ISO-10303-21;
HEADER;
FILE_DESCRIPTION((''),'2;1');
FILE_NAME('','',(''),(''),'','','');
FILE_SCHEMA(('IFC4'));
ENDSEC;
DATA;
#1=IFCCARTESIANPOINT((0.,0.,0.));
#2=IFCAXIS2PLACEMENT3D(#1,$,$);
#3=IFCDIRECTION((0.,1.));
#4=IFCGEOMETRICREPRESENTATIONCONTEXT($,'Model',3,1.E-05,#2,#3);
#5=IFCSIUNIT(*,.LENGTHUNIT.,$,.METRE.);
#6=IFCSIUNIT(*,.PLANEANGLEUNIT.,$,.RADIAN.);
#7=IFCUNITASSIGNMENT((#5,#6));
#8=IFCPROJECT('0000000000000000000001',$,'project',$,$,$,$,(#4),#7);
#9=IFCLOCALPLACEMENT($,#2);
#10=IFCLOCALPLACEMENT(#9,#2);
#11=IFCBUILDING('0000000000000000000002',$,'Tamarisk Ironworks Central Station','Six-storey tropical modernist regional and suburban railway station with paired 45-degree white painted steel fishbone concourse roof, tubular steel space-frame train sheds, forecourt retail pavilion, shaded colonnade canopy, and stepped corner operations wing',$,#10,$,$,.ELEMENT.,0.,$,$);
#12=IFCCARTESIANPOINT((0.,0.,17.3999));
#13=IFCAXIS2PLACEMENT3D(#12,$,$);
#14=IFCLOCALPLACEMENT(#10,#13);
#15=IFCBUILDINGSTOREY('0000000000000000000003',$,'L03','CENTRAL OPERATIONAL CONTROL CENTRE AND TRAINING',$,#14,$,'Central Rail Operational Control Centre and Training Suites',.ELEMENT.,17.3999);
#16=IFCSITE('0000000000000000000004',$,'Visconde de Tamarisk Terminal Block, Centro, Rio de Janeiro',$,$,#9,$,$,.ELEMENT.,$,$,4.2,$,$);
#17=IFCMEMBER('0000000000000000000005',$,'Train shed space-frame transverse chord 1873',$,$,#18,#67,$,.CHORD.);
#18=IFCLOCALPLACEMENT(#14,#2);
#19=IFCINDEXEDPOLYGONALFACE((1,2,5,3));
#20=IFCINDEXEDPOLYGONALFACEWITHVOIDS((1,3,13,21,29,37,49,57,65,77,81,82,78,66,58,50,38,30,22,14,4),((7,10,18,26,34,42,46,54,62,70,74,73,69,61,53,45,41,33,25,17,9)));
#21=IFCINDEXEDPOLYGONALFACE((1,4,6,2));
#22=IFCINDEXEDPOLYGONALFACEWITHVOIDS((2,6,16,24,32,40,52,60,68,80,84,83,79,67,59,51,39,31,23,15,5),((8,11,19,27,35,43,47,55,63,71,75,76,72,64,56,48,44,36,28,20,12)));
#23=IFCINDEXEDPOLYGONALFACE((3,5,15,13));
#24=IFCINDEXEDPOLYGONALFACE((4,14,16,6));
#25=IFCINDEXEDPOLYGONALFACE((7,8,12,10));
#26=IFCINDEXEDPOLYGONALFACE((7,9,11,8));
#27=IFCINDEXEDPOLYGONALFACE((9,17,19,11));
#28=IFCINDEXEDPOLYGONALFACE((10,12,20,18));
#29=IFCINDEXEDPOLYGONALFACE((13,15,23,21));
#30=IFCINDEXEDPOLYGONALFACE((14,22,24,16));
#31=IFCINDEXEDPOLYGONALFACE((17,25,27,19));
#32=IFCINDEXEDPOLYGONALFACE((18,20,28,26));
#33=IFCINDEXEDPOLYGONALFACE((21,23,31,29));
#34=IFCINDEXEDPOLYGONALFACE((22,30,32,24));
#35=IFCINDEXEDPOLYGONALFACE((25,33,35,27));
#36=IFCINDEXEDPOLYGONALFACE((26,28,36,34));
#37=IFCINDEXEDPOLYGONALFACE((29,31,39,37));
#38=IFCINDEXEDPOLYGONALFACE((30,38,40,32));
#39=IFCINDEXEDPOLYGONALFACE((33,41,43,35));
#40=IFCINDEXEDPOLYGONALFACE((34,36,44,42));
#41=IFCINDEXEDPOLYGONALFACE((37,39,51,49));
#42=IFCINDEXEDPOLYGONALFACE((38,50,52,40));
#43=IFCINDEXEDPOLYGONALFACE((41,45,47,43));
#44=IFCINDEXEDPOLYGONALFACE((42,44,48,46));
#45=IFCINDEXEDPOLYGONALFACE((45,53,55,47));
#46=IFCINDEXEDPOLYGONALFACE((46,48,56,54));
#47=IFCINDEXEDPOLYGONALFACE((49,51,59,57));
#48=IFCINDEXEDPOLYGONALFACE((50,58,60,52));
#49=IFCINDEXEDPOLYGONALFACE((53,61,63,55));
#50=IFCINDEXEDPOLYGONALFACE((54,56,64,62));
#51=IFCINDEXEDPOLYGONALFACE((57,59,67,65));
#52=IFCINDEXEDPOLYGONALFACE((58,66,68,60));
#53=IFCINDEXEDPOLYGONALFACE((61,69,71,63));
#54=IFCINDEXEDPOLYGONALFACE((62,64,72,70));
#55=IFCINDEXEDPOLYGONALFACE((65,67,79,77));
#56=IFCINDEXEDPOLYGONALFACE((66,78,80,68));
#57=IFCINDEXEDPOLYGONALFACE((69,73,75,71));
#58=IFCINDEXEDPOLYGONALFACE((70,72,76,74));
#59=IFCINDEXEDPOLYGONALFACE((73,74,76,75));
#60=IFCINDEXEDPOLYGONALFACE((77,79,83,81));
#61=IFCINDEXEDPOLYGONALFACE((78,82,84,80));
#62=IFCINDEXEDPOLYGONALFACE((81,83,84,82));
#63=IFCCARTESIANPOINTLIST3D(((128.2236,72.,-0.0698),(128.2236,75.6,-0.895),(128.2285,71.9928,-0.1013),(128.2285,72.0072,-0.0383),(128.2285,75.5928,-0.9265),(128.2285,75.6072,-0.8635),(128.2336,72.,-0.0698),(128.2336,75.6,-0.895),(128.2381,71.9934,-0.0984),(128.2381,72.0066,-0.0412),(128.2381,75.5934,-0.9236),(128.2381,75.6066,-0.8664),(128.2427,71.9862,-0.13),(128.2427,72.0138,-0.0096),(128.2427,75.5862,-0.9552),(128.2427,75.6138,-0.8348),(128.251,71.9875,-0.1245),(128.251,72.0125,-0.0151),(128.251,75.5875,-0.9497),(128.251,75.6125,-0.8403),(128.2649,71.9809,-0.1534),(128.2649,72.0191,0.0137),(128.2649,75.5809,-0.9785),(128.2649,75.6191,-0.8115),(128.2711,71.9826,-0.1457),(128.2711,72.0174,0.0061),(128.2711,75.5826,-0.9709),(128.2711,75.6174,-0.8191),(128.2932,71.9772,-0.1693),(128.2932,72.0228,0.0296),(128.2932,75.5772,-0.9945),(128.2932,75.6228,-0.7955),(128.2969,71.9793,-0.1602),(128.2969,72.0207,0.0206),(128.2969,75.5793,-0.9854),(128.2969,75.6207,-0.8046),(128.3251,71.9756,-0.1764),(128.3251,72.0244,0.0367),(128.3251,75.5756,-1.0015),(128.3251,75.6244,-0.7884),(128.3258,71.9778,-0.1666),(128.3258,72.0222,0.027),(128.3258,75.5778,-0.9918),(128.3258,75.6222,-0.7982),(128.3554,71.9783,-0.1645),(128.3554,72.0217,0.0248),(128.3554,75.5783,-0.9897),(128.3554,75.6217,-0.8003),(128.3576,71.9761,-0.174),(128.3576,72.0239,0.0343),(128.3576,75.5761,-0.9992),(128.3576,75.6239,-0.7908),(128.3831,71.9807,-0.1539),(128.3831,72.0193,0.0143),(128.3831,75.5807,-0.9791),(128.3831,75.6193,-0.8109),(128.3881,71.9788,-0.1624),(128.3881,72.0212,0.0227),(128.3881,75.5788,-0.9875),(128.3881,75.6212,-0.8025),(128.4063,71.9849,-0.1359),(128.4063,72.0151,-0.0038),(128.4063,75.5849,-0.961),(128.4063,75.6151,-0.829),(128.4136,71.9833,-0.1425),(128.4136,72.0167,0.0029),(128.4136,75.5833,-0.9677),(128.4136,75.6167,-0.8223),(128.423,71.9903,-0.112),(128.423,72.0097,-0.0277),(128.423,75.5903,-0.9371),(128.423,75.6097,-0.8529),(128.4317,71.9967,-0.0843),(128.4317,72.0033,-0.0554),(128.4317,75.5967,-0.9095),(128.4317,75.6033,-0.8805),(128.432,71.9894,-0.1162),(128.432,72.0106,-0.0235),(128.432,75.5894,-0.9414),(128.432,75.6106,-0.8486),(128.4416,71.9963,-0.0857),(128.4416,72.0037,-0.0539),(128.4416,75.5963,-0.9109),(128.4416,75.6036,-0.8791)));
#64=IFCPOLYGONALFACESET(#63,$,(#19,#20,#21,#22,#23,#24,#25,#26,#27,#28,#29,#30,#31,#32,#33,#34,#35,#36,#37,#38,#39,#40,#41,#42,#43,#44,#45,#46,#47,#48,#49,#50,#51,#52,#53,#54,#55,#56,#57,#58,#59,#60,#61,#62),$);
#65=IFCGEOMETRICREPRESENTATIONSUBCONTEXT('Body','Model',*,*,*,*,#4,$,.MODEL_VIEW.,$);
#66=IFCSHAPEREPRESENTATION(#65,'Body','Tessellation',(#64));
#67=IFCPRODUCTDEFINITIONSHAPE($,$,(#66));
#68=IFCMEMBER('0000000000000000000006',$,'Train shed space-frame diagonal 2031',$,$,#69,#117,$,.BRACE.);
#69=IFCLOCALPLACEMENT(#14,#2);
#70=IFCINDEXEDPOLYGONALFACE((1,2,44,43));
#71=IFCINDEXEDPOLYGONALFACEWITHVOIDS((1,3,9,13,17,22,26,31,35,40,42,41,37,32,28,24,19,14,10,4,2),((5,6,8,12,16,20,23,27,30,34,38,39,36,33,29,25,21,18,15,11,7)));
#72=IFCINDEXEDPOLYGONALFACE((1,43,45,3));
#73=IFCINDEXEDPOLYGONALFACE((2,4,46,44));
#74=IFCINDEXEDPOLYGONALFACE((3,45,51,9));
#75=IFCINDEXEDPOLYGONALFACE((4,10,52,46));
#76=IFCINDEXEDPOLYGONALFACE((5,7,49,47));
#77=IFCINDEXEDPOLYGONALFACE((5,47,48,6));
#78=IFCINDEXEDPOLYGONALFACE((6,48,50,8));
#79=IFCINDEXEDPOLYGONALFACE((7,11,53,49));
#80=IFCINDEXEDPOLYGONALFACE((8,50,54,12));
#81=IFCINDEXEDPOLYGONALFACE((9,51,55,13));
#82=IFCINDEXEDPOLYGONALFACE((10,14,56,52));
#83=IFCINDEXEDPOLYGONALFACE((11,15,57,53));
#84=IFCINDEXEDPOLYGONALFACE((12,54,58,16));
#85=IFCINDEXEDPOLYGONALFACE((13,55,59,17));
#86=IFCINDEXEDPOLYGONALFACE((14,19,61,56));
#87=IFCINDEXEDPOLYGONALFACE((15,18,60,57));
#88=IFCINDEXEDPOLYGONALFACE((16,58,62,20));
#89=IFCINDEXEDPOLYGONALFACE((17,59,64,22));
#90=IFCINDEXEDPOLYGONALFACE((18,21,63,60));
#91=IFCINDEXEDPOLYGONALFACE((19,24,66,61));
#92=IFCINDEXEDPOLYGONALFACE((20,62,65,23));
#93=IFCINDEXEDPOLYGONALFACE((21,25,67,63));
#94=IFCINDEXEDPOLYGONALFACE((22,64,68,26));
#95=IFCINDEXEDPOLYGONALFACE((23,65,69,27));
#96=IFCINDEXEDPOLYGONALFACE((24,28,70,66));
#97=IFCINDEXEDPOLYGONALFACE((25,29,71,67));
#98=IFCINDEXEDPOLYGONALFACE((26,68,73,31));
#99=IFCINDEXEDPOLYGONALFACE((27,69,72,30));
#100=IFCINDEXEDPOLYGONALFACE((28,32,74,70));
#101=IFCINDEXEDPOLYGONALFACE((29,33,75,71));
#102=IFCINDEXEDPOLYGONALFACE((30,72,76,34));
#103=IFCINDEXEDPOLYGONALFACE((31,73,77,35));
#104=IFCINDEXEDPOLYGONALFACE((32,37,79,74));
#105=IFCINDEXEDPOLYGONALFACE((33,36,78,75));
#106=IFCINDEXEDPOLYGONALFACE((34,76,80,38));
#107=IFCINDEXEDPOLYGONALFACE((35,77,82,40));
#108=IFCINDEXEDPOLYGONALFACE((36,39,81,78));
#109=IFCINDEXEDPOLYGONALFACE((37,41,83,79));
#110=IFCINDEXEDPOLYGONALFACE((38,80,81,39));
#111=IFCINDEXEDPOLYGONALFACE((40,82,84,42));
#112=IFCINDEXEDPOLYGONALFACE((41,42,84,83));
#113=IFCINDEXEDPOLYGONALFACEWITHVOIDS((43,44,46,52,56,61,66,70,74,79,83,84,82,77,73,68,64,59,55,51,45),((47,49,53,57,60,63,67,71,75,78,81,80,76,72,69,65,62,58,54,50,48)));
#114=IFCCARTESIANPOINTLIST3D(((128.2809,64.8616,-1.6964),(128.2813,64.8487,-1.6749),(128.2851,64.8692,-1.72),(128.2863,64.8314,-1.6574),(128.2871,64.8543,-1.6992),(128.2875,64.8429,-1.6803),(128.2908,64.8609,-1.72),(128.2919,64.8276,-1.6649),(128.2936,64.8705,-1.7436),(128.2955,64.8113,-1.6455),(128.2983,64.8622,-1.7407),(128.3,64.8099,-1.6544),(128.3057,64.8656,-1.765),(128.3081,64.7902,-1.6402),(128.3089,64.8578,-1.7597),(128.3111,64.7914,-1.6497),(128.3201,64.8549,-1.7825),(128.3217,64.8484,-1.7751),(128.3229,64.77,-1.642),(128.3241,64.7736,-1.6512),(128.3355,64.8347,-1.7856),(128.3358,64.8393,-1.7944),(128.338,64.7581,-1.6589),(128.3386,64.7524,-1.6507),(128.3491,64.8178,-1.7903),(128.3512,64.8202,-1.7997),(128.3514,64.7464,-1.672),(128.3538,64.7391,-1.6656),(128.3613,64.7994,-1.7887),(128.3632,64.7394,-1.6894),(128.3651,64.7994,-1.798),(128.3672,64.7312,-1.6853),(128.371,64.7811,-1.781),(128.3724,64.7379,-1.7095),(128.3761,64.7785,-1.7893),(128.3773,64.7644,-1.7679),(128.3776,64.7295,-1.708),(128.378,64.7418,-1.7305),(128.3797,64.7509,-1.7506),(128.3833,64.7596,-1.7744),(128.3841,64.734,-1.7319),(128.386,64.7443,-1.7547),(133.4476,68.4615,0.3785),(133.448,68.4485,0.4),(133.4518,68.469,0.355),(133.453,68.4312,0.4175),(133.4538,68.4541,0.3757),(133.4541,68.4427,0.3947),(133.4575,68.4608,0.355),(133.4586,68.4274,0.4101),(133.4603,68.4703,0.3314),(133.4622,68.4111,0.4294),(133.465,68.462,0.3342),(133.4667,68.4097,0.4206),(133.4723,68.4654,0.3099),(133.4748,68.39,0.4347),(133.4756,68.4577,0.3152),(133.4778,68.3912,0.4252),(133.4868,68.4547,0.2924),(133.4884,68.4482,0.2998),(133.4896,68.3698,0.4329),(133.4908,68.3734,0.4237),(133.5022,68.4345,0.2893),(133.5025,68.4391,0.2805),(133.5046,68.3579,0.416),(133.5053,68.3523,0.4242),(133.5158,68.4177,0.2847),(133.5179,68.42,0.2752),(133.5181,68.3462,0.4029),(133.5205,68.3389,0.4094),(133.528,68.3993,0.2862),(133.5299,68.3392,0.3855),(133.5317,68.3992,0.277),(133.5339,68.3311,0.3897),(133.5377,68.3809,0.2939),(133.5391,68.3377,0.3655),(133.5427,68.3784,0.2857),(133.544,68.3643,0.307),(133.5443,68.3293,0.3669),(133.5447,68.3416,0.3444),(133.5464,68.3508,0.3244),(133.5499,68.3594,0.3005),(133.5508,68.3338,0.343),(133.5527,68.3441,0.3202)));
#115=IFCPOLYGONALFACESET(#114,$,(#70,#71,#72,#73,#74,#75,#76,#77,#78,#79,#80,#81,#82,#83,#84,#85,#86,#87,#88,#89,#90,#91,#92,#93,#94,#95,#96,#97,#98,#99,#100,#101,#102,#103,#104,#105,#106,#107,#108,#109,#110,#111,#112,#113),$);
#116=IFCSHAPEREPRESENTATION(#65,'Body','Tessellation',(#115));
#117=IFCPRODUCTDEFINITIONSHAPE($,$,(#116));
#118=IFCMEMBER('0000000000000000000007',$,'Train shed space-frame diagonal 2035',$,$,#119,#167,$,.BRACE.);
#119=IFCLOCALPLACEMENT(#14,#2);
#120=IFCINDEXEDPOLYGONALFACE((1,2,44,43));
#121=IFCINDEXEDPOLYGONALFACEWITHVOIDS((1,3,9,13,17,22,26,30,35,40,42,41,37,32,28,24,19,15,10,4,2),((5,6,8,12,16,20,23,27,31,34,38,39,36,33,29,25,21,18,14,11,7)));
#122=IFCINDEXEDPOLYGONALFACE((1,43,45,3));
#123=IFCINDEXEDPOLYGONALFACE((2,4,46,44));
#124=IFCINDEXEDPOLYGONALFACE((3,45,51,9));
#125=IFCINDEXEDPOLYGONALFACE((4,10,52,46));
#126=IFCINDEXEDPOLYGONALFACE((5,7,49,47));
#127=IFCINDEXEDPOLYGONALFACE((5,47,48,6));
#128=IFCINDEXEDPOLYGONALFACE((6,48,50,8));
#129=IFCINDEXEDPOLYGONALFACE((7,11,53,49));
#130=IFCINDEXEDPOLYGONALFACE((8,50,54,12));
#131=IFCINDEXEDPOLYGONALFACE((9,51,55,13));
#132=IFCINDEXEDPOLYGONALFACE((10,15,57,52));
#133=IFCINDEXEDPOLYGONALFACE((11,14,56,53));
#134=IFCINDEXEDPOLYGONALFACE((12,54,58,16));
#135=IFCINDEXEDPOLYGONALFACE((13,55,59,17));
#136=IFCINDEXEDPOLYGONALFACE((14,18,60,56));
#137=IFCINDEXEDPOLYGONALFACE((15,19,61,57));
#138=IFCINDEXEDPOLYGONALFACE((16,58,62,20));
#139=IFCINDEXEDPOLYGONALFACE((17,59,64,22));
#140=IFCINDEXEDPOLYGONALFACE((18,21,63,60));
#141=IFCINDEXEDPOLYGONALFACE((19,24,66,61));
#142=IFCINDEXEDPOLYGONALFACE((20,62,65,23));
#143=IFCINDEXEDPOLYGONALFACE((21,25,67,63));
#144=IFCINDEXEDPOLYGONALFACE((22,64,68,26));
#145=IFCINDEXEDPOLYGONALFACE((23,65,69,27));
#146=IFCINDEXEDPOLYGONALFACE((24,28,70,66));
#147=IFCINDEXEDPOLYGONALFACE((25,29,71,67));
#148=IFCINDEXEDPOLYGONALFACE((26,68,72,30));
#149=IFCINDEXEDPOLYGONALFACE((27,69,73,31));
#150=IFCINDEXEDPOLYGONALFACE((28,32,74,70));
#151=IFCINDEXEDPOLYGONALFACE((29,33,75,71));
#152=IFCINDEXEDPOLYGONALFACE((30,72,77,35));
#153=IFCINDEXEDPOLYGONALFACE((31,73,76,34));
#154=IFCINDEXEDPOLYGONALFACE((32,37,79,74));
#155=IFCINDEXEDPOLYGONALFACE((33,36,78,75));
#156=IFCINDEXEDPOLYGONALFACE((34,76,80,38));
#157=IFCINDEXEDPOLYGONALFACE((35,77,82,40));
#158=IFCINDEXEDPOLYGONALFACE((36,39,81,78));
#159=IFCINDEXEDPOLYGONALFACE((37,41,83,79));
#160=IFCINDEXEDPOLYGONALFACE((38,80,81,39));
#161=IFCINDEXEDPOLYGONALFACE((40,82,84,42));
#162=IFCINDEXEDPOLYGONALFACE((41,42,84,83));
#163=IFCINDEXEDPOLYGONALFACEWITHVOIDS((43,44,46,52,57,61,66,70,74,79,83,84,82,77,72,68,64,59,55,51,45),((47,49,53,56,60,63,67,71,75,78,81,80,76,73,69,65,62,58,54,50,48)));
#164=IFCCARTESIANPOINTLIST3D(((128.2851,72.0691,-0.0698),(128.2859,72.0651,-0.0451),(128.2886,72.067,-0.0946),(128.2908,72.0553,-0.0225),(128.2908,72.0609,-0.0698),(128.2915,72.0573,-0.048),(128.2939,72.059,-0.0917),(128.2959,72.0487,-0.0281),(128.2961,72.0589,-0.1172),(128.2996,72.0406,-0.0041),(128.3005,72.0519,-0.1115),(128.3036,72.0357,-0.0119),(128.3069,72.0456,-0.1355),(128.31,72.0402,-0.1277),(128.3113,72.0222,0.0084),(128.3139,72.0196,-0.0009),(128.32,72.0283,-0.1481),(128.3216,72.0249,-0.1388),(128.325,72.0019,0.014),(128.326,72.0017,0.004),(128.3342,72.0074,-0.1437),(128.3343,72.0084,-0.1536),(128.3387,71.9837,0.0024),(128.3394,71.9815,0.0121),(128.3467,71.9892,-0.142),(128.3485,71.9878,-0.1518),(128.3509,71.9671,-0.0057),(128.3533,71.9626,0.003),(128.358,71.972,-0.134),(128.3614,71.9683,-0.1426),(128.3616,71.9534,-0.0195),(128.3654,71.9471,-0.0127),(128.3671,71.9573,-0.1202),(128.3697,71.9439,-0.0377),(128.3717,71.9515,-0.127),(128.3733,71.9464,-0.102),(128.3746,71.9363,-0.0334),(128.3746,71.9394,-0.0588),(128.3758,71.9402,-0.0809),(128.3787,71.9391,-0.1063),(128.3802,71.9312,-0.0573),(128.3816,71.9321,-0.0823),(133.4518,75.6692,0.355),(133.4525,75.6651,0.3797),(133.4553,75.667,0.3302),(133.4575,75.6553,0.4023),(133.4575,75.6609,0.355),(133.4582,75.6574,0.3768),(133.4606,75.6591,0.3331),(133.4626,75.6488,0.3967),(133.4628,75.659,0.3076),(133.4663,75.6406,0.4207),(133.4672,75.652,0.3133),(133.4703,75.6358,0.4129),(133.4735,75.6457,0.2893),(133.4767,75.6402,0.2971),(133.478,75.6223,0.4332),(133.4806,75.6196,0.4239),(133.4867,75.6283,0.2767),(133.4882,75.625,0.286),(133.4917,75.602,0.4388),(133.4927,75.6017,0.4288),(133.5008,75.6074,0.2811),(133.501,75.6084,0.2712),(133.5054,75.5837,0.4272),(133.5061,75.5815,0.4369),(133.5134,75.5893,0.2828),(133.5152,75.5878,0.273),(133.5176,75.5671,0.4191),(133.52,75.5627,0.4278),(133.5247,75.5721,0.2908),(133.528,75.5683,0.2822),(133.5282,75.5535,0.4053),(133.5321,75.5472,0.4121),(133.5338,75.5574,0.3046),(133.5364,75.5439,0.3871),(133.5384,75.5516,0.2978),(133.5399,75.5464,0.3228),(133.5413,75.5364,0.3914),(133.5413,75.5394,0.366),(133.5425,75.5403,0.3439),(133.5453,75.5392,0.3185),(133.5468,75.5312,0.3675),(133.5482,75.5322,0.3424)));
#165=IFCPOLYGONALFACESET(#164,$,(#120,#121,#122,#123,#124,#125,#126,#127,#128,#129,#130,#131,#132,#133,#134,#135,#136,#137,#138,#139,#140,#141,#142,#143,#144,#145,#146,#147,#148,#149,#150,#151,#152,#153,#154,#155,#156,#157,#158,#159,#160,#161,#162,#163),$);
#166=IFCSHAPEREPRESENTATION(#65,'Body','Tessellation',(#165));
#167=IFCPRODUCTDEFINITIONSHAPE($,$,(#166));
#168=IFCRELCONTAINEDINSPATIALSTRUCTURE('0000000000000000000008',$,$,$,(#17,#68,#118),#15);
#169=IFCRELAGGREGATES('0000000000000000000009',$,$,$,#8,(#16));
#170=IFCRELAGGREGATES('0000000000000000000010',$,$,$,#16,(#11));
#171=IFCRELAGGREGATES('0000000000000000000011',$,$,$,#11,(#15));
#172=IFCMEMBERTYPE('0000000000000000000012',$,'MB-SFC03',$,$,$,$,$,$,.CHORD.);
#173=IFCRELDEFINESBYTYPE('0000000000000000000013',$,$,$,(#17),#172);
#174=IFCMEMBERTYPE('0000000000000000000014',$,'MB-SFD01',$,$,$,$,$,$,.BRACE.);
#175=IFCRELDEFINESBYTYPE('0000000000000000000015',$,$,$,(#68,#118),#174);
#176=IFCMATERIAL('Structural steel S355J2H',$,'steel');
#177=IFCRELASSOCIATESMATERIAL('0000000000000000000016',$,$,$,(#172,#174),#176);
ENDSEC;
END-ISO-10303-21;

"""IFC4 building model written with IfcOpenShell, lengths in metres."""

from ifc_helpers import new_model, si_unit, direction, frame, origin, origin_2d, place, context, subcontext, project, spatial, hollow_circle, extrude, material, material_profile, profile_set, type_object, element, save


model = new_model("IFC4")

# Units and contexts
model_context = context("Model", 3, precision=1e-05, world=origin(), true_north=direction((0.0, 1.0)))
body_context = subcontext(model_context, "Body", "Model", "MODEL_VIEW")
ifc_project = project(units=[si_unit("LENGTHUNIT", "METRE"), si_unit("PLANEANGLEUNIT", "RADIAN")], contexts=[model_context])

# Site, building, storey
site_placement = place(None, origin())
site = spatial("IfcSite", under=ifc_project, at=site_placement, Name="Visconde de Tamarisk Terminal Block, Centro, Rio de Janeiro", CompositionType="ELEMENT", RefElevation=4.2)
building_placement = place(site_placement, origin())
building = spatial("IfcBuilding", under=site, at=building_placement, Name="Tamarisk Ironworks Central Station", Description="Six-storey tropical modernist regional and suburban railway station with paired 45-degree white painted steel fishbone concourse roof, tubular steel space-frame train sheds, forecourt retail pavilion, shaded colonnade canopy, and stepped corner operations wing", CompositionType="ELEMENT", ElevationOfRefHeight=0.0)
storey_placement = place(building_placement, frame((0.0, 0.0, 17.3999)))
storey = spatial("IfcBuildingStorey", under=building, at=storey_placement, Name="L03", Description="CENTRAL OPERATIONAL CONTROL CENTRE AND TRAINING", LongName="Central Rail Operational Control Centre and Training Suites", CompositionType="ELEMENT", Elevation=17.3999)

# Members
ifc_material_1 = material(Name="Structural steel S355J2H", Category="steel")
ifc_material_profile_1 = material_profile(ifc_material_1, hollow_circle(Radius=0.1096, WallThickness=0.01, at=origin_2d()), Name="CHS 219.1x10")
ifc_profile_set_1 = profile_set([ifc_material_profile_1], Name="Structural steel S355J2H")
member_type_1 = type_object("IfcMemberType", Name="MB-SFC03", PredefinedType="CHORD", material=ifc_profile_set_1)
for number, where, z_axis, x_axis, name in (
    (1, (128.3333, 72.0, -0.0698), (0.0, 0.974722, -0.223421), (-1.0, 0.0, 0.0), "Train shed space-frame transverse chord 1873"),
):
    element("IfcMember", number, at=place(storey_placement, frame(where, z_axis=z_axis, x_axis=x_axis)), inside=storey, type_object=member_type_1, Name=name, PredefinedType="CHORD", context=body_context, shape_type="SweptSolid", body=[
        extrude(hollow_circle(Radius=0.1096, WallThickness=0.01, at=origin_2d()), origin(), (0.0, 0.0, 1.0), 3.6934),
    ])
ifc_material_profile_2 = material_profile(ifc_material_1, hollow_circle(Radius=0.0842, WallThickness=0.01, at=origin_2d()), Name="CHS 168.3x10")
ifc_profile_set_2 = profile_set([ifc_material_profile_2], Name="Structural steel S355J2H")
member_type_2 = type_object("IfcMemberType", Name="MB-SFD01", PredefinedType="BRACE", material=ifc_profile_set_2)
member_1_placement = place(storey_placement, frame((128.3333, 64.8, -1.72), z_axis=(0.779274, 0.542947, 0.312954), x_axis=(-0.571663, 0.820489, 0.0)))
element("IfcMember", 2, at=member_1_placement, inside=storey, type_object=member_type_2, Name="Train shed space-frame diagonal 2031", PredefinedType="BRACE", context=body_context, shape_type="SweptSolid", body=[
    extrude(hollow_circle(Radius=0.0842, WallThickness=0.01, at=origin_2d()), origin(), (0.0, 0.0, 1.0), 6.6301),
])
member_2_placement = place(storey_placement, frame((128.3333, 72.0, -0.0698), z_axis=(0.81861, 0.570393, 0.067305), x_axis=(-0.571689, 0.82047, 0.0)))
element("IfcMember", 3, at=member_2_placement, inside=storey, type_object=member_type_2, Name="Train shed space-frame diagonal 2035", PredefinedType="BRACE", context=body_context, shape_type="SweptSolid", body=[
    extrude(hollow_circle(Radius=0.0842, WallThickness=0.01, at=origin_2d()), origin(), (0.0, 0.0, 1.0), 6.3115),
])

save(model, "model.ifc")
